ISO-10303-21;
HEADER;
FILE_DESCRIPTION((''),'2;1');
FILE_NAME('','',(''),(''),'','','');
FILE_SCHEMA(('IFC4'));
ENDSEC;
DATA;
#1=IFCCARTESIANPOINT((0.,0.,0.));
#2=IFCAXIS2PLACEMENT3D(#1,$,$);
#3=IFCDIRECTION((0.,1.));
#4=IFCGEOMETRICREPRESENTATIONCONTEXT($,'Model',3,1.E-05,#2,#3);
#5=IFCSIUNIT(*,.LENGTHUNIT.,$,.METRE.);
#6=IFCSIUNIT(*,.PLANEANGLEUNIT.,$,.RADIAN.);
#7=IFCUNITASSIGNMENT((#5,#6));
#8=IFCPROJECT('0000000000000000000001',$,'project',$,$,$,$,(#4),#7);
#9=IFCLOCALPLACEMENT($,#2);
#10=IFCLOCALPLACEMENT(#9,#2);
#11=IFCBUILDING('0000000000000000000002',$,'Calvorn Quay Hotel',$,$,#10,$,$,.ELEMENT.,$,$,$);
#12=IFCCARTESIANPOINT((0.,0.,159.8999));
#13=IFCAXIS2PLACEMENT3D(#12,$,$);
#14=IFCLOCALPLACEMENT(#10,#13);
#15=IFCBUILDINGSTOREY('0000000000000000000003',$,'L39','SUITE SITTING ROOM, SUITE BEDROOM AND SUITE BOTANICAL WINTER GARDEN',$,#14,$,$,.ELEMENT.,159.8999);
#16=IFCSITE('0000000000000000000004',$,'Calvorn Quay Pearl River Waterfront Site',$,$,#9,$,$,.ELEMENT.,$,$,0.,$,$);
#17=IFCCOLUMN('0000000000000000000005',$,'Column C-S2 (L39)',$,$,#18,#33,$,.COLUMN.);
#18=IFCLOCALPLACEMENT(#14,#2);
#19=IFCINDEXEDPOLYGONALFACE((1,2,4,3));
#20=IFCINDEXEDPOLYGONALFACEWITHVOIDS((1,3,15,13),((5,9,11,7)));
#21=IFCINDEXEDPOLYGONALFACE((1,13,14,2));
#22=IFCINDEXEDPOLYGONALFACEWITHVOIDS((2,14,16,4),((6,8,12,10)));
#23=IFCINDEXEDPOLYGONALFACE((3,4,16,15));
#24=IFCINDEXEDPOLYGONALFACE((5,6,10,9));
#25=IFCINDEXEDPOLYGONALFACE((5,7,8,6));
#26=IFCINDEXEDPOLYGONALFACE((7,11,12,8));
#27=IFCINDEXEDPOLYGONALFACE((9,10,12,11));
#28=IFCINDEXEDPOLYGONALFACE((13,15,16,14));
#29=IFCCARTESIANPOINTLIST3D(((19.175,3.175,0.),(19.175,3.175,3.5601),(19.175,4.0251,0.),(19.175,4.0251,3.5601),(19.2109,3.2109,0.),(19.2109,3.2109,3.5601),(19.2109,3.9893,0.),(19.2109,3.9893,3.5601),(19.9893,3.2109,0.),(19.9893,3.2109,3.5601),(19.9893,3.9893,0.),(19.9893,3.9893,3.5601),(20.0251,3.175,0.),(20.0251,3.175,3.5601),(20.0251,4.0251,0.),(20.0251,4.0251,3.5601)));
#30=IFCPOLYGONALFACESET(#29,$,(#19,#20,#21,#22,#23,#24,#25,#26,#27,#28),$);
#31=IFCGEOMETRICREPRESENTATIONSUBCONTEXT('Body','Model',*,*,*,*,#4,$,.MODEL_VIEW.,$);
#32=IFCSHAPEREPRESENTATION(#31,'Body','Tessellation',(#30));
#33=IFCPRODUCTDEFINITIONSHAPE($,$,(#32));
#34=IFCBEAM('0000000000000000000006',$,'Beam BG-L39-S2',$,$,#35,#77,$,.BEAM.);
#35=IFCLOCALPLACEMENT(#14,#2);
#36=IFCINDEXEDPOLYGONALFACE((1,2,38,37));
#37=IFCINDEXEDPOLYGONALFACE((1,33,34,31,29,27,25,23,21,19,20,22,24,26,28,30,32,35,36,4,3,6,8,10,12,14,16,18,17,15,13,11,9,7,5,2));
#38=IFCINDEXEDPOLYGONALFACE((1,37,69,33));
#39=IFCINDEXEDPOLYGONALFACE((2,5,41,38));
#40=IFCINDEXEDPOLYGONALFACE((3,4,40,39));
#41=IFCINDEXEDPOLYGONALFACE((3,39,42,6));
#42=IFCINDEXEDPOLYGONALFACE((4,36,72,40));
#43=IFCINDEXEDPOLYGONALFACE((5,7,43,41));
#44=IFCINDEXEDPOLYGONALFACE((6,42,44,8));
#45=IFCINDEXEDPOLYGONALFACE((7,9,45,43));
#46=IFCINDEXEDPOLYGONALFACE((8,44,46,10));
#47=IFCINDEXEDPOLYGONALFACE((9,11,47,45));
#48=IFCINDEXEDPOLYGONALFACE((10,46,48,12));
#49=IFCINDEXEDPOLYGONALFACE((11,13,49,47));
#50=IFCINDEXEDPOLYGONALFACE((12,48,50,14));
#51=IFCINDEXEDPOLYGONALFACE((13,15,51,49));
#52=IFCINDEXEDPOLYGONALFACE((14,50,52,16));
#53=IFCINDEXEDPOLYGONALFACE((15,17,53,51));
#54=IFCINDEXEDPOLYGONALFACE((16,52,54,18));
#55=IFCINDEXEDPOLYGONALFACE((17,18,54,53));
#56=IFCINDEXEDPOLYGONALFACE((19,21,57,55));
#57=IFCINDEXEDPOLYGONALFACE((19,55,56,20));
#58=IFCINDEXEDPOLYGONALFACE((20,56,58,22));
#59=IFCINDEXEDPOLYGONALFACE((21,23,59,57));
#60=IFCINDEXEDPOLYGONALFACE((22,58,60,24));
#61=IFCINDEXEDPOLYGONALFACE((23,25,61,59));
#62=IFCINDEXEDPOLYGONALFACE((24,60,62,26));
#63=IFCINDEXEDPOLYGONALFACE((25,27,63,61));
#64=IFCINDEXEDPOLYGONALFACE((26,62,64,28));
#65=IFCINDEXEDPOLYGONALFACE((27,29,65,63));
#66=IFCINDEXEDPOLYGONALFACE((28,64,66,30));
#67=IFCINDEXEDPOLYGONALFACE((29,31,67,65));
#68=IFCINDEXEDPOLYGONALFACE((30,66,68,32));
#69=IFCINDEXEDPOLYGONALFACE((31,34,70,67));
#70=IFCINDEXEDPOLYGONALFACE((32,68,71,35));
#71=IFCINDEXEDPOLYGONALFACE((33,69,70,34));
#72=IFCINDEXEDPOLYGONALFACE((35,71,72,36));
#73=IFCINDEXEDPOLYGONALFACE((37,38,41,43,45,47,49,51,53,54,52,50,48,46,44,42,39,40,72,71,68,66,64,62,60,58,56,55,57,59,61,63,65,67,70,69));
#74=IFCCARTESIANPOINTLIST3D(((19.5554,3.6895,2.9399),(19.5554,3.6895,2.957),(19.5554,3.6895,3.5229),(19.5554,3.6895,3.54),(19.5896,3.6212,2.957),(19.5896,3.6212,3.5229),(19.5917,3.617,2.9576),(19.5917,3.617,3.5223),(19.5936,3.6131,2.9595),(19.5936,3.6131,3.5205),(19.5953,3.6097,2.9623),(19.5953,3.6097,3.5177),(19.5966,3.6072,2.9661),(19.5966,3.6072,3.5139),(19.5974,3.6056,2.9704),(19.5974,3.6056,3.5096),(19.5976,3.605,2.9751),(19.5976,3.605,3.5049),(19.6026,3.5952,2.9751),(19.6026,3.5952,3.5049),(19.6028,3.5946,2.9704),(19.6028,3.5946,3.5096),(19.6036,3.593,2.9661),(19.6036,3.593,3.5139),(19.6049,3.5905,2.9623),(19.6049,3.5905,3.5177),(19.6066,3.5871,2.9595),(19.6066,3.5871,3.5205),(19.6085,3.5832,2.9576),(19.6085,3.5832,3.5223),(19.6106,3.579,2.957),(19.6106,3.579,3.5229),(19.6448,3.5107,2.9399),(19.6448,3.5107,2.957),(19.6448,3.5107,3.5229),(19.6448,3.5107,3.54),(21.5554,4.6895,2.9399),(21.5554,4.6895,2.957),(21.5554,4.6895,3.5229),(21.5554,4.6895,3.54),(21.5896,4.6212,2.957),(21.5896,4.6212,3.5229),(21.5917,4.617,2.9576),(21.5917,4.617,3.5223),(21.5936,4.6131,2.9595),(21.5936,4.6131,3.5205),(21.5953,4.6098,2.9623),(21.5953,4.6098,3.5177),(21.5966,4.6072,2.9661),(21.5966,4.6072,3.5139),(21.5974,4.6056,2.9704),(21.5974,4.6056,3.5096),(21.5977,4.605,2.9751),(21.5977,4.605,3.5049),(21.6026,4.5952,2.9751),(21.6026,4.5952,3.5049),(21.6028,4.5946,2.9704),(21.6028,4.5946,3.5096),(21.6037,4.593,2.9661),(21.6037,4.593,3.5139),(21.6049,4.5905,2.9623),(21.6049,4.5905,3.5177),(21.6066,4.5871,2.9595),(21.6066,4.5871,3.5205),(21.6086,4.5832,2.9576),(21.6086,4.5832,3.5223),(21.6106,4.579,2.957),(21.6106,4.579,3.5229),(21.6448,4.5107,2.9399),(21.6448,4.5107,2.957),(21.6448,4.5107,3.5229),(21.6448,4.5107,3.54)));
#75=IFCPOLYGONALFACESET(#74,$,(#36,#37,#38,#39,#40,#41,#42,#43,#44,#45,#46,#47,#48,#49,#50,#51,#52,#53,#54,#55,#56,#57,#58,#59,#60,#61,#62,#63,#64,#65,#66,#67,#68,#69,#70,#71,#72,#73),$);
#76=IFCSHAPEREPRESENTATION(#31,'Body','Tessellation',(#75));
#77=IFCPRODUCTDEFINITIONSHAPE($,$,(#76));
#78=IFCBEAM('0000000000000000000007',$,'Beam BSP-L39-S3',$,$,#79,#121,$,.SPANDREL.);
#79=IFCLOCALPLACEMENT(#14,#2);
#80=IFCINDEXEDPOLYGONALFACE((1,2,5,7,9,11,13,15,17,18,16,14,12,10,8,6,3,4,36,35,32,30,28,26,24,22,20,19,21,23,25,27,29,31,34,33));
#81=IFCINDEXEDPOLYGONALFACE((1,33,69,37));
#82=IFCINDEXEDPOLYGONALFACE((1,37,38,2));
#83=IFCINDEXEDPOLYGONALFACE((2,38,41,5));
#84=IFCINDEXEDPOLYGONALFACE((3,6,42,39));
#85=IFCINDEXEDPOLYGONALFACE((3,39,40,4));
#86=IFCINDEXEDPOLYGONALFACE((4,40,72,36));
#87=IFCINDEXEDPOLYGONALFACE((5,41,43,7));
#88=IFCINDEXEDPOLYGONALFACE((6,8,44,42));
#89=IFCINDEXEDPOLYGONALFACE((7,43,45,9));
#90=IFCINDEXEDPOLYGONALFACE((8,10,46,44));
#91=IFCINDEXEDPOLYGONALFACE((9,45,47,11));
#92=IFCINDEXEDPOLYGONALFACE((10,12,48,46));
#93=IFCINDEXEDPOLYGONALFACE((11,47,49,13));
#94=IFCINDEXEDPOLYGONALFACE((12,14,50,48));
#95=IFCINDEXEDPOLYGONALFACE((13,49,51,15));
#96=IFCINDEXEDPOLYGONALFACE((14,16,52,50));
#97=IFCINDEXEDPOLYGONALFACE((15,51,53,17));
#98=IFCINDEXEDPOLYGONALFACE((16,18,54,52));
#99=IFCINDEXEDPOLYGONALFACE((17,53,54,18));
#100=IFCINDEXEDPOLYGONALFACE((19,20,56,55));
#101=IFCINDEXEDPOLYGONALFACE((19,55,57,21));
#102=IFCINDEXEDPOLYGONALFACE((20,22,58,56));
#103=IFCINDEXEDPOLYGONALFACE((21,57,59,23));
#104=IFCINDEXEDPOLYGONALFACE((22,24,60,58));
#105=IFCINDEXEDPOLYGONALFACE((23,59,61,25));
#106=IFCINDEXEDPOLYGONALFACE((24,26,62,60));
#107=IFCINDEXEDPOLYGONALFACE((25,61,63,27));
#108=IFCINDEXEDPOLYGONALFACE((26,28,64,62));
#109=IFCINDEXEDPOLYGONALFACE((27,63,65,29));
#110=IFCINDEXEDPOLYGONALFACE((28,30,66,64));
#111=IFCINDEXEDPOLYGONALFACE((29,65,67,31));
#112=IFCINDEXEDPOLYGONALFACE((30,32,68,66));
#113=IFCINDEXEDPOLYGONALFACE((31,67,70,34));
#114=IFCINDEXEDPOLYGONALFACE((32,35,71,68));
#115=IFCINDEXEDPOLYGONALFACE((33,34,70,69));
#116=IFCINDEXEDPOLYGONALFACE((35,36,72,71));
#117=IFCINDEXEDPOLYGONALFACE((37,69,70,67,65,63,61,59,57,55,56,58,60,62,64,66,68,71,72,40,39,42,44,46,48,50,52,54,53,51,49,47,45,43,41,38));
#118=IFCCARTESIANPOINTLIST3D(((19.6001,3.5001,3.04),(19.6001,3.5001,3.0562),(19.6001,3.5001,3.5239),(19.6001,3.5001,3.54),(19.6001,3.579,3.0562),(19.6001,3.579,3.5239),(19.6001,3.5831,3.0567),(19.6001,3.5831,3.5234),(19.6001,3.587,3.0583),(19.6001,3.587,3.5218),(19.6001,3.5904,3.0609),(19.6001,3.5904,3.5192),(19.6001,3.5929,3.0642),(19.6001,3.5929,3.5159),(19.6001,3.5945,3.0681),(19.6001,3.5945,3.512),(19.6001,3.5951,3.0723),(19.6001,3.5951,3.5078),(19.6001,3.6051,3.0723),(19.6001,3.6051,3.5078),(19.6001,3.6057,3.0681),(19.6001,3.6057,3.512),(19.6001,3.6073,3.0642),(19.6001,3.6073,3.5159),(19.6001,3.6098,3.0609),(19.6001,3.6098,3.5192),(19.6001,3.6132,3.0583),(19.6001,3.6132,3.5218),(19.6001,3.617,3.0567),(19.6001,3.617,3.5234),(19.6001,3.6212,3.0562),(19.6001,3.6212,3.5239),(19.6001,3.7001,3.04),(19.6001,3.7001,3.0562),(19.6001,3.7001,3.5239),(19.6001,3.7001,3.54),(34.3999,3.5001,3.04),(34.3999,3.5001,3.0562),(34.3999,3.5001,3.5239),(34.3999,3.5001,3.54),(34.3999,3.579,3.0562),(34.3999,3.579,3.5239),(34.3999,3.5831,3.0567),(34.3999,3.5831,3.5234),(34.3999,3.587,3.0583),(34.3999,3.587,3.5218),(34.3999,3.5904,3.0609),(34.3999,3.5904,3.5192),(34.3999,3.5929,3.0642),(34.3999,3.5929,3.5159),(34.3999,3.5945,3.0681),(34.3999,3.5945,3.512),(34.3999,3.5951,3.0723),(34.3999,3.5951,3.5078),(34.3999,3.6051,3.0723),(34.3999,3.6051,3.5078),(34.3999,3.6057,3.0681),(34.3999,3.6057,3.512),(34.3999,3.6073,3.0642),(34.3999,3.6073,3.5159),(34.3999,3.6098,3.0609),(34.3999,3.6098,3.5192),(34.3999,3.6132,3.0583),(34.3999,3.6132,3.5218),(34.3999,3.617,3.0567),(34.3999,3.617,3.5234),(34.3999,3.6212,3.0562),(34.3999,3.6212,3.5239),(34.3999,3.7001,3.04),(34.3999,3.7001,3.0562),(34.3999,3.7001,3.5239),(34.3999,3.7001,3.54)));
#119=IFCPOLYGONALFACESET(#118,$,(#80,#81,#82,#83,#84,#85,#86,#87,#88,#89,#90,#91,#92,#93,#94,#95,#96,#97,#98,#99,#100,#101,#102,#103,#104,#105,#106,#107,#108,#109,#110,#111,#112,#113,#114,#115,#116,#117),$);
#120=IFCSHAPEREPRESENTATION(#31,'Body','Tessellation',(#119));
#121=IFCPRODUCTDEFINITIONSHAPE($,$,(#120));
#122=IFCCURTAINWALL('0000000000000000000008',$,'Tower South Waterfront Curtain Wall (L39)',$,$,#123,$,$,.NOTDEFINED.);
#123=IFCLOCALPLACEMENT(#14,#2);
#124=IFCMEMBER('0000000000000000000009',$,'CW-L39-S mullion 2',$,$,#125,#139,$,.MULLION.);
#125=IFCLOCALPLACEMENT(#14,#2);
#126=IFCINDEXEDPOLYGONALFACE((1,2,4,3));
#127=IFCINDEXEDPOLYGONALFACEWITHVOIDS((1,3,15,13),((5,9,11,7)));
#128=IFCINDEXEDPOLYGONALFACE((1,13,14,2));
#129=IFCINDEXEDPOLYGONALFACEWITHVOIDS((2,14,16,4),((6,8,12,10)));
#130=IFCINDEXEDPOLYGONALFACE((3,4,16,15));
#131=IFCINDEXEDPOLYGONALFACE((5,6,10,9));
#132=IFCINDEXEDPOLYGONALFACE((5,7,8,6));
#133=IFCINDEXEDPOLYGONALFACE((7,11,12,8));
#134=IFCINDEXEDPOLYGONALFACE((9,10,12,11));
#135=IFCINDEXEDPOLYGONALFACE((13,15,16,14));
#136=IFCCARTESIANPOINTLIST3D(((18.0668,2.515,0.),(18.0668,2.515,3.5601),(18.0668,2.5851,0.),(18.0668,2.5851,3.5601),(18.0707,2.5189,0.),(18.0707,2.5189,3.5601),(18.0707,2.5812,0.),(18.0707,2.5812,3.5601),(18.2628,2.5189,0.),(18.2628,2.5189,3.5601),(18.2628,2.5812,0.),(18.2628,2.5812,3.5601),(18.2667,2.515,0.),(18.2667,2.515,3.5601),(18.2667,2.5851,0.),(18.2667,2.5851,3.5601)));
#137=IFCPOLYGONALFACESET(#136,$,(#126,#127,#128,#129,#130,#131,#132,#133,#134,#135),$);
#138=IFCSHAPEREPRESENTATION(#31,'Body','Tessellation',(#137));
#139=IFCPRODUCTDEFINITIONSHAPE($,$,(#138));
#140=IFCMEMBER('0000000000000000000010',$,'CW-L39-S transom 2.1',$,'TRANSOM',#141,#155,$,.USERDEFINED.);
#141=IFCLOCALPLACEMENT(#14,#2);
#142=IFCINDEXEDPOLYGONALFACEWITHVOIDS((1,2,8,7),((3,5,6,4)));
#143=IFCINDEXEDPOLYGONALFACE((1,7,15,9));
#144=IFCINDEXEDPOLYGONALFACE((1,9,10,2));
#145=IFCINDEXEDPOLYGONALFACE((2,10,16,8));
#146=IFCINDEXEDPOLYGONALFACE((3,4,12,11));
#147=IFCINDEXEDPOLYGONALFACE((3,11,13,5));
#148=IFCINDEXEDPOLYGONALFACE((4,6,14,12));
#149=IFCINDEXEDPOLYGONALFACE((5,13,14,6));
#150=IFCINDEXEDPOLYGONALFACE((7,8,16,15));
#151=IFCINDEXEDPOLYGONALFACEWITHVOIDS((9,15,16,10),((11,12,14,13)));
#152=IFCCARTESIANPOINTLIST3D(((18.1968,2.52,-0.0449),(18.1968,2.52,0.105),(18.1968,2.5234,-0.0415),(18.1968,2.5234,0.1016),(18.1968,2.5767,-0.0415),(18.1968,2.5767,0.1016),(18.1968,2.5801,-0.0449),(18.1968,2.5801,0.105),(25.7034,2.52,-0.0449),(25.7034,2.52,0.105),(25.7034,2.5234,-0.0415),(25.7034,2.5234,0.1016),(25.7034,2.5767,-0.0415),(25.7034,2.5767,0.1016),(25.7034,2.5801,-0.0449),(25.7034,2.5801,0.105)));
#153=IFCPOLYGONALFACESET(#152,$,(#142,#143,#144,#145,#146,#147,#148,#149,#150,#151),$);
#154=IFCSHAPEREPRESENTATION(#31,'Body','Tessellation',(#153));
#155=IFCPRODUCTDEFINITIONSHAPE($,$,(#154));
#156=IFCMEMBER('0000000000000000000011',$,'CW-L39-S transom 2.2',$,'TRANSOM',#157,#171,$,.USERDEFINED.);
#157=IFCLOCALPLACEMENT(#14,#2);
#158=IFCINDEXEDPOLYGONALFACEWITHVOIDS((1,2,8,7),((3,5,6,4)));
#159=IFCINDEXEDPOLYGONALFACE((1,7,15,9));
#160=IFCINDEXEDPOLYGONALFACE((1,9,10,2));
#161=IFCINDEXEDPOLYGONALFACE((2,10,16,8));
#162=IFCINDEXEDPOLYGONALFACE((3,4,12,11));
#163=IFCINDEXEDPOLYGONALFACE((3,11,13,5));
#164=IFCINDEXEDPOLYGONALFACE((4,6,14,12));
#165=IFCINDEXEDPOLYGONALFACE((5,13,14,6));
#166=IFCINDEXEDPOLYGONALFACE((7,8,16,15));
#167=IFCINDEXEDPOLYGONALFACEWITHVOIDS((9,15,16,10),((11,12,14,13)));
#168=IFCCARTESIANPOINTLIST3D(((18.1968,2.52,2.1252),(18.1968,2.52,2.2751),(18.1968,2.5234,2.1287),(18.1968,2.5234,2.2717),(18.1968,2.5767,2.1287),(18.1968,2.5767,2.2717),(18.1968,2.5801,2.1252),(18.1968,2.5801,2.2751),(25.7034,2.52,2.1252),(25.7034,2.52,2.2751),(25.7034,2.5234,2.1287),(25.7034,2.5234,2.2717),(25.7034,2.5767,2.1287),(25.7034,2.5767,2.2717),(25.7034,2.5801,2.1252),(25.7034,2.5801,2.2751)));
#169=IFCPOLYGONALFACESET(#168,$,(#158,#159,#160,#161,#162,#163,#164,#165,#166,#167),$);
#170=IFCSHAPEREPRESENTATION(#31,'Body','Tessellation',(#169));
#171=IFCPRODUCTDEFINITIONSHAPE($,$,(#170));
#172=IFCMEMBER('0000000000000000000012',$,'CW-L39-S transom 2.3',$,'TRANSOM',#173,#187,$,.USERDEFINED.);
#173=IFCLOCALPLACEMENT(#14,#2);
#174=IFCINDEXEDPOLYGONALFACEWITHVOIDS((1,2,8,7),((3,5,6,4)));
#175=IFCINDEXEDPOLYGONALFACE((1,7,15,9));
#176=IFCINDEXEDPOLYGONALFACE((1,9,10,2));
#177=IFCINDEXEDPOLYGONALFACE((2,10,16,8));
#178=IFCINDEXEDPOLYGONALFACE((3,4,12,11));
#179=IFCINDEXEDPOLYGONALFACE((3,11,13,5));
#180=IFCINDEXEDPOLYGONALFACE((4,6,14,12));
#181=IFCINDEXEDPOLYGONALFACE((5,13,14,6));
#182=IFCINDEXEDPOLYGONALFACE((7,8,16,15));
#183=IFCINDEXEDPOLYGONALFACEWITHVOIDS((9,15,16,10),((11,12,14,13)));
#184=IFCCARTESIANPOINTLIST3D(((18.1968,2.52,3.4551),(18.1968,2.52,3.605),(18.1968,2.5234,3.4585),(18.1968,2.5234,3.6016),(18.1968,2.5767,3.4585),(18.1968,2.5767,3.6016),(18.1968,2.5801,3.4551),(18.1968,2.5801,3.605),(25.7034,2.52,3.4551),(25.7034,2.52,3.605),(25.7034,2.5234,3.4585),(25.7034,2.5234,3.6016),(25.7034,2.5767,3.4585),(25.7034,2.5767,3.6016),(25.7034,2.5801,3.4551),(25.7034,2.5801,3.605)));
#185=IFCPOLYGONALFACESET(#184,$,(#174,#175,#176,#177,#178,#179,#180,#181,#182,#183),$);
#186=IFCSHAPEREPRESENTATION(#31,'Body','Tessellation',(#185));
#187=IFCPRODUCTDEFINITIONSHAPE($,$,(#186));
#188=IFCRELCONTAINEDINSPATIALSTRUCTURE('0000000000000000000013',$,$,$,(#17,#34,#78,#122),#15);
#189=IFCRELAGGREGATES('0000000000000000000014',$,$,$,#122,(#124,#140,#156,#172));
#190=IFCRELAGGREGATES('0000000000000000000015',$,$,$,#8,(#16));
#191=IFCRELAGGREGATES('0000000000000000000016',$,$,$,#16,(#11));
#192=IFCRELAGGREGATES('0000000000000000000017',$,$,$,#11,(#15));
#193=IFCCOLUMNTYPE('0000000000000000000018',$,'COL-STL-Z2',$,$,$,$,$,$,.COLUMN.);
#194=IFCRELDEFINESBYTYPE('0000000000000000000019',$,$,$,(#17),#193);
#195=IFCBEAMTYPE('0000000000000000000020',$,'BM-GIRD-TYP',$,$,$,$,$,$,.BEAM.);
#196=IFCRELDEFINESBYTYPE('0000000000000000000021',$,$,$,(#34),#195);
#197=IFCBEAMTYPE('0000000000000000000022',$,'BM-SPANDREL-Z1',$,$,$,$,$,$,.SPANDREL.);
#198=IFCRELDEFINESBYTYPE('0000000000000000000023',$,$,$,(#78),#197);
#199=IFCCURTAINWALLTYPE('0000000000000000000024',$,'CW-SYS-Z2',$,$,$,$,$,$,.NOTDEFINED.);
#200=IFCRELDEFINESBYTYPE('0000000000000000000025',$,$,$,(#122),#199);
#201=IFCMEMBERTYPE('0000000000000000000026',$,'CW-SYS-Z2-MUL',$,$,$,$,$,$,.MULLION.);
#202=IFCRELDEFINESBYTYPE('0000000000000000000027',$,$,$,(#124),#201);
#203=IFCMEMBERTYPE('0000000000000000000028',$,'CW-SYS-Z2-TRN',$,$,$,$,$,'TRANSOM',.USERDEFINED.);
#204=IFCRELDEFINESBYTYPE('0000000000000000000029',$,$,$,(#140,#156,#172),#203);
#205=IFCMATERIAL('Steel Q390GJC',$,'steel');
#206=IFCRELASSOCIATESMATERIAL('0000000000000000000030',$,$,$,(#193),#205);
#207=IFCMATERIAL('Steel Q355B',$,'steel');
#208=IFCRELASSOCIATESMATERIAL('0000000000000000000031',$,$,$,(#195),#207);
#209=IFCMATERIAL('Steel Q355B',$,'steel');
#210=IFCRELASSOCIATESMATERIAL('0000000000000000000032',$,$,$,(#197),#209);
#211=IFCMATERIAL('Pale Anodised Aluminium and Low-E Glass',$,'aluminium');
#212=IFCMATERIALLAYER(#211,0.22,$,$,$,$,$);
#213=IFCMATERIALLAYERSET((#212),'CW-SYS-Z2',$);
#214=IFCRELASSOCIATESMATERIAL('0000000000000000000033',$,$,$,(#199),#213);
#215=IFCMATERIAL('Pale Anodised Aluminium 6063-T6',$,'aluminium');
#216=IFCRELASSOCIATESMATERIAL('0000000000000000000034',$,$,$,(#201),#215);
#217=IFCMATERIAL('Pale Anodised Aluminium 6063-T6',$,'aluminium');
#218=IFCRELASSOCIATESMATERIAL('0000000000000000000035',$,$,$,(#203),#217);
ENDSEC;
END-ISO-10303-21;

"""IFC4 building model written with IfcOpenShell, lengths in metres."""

from ifc_helpers import new_model, si_unit, direction, frame, origin, origin_2d, place, context, subcontext, project, spatial, hollow_rectangle, i_section, extrude, material, layer, layer_set, material_profile, profile_set, type_object, element, aggregate, save


model = new_model("IFC4")

# Units and contexts
model_context = context("Model", 3, precision=1e-05, world=origin(), true_north=direction((0.0, 1.0)))
body_context = subcontext(model_context, "Body", "Model", "MODEL_VIEW")
ifc_project = project(units=[si_unit("LENGTHUNIT", "METRE"), si_unit("PLANEANGLEUNIT", "RADIAN")], contexts=[model_context])

# Site, building, storey
site_placement = place(None, origin())
site = spatial("IfcSite", under=ifc_project, at=site_placement, Name="Calvorn Quay Pearl River Waterfront Site", CompositionType="ELEMENT", RefElevation=0.0)
building_placement = place(site_placement, origin())
building = spatial("IfcBuilding", under=site, at=building_placement, Name="Calvorn Quay Hotel", CompositionType="ELEMENT")
storey_placement = place(building_placement, frame((0.0, 0.0, 159.8999)))
storey = spatial("IfcBuildingStorey", under=building, at=storey_placement, Name="L39", Description="SUITE SITTING ROOM, SUITE BEDROOM AND SUITE BOTANICAL WINTER GARDEN", CompositionType="ELEMENT", Elevation=159.8999)

# Column
ifc_material_1 = material(Name="Steel Q390GJC", Category="steel")
ifc_material_profile_1 = material_profile(ifc_material_1, hollow_rectangle(XDim=0.8501, YDim=0.8501, WallThickness=0.0359, at=origin_2d()), Name="BOX850x850x36")
ifc_profile_set_1 = profile_set([ifc_material_profile_1], Name="Steel Q390GJC")
column_type = type_object("IfcColumnType", Name="COL-STL-Z2", PredefinedType="COLUMN", material=ifc_profile_set_1)
column_placement = place(storey_placement, frame((19.6001, 3.6001, 0.0), z_axis=(0.0, 0.0, 1.0), x_axis=(1.0, 0.0, 0.0)))
element("IfcColumn", 1, at=column_placement, inside=storey, type_object=column_type, Name="Column C-S2 (L39)", PredefinedType="COLUMN", context=body_context, shape_type="SweptSolid", body=[
    extrude(hollow_rectangle(XDim=0.8501, YDim=0.8501, WallThickness=0.0359, at=origin_2d()), origin(), (0.0, 0.0, 1.0), 3.5601),
])

# Beams
ifc_material_2 = material(Name="Steel Q355B", Category="steel")
ifc_material_profile_2 = material_profile(ifc_material_2, i_section(OverallWidth=0.2, OverallDepth=0.6001, WebThickness=0.011, FlangeThickness=0.0171, FilletRadius=0.0181, at=origin_2d()), Name="HN600x200x11x17")
ifc_profile_set_2 = profile_set([ifc_material_profile_2], Name="Steel Q355B")
beam_type_1 = type_object("IfcBeamType", Name="BM-GIRD-TYP", PredefinedType="BEAM", material=ifc_profile_set_2)
beam_1_placement = place(storey_placement, frame((19.6001, 3.6001, 3.24), z_axis=(0.894427, 0.447214, 0.0), x_axis=(-0.447214, 0.894427, 0.0)))
element("IfcBeam", 2, at=beam_1_placement, inside=storey, type_object=beam_type_1, Name="Beam BG-L39-S2", PredefinedType="BEAM", context=body_context, shape_type="SweptSolid", body=[
    extrude(i_section(OverallWidth=0.2, OverallDepth=0.6001, WebThickness=0.011, FlangeThickness=0.0171, FilletRadius=0.0181, at=origin_2d()), origin(), (0.0, 0.0, 1.0), 2.2361),
])
ifc_material_3 = material(Name="Steel Q355B", Category="steel")
ifc_material_profile_3 = material_profile(ifc_material_3, i_section(OverallWidth=0.2, OverallDepth=0.5, WebThickness=0.01, FlangeThickness=0.0161, FilletRadius=0.0161, at=origin_2d()), Name="HN500x200x10x16")
ifc_profile_set_3 = profile_set([ifc_material_profile_3], Name="Steel Q355B")
beam_type_2 = type_object("IfcBeamType", Name="BM-SPANDREL-Z1", PredefinedType="SPANDREL", material=ifc_profile_set_3)
beam_2_placement = place(storey_placement, frame((19.6001, 3.6001, 3.29), z_axis=(1.0, 0.0, 0.0), x_axis=(0.0, 1.0, 0.0)))
element("IfcBeam", 3, at=beam_2_placement, inside=storey, type_object=beam_type_2, Name="Beam BSP-L39-S3", PredefinedType="SPANDREL", context=body_context, shape_type="SweptSolid", body=[
    extrude(i_section(OverallWidth=0.2, OverallDepth=0.5, WebThickness=0.01, FlangeThickness=0.0161, FilletRadius=0.0161, at=origin_2d()), origin(), (0.0, 0.0, 1.0), 14.7998),
])

# Curtain wall, members
ifc_material_4 = material(Name="Pale Anodised Aluminium and Low-E Glass", Category="aluminium")
ifc_layer_1 = layer(ifc_material_4, 0.22)
ifc_layer_set_1 = layer_set([ifc_layer_1], Name="CW-SYS-Z2")
curtain_wall_type = type_object("IfcCurtainWallType", Name="CW-SYS-Z2", PredefinedType="NOTDEFINED", material=ifc_layer_set_1)
curtain_wall_placement = place(storey_placement, origin())
curtain_wall = element("IfcCurtainWall", 4, at=curtain_wall_placement, inside=storey, type_object=curtain_wall_type, Name="Tower South Waterfront Curtain Wall (L39)", PredefinedType="NOTDEFINED")
ifc_material_5 = material(Name="Pale Anodised Aluminium 6063-T6", Category="aluminium")
ifc_material_profile_4 = material_profile(ifc_material_5, hollow_rectangle(XDim=0.0701, YDim=0.2, WallThickness=0.0039, at=origin_2d()), Name="ALU-M200x70x4")
ifc_profile_set_4 = profile_set([ifc_material_profile_4], Name="Pale Anodised Aluminium 6063-T6")
member_type_1 = type_object("IfcMemberType", Name="CW-SYS-Z2-MUL", PredefinedType="MULLION", material=ifc_profile_set_4)
member_1_placement = place(storey_placement, frame((18.1667, 2.55, 0.0), z_axis=(0.0, 0.0, 1.0), x_axis=(0.0, 1.0, 0.0)))
member_1 = element("IfcMember", 5, at=member_1_placement, type_object=member_type_1, Name="CW-L39-S mullion 2", PredefinedType="MULLION", context=body_context, shape_type="SweptSolid", body=[
    extrude(hollow_rectangle(XDim=0.0701, YDim=0.2, WallThickness=0.0039, at=origin_2d()), origin(), (0.0, 0.0, 1.0), 3.5601),
])
ifc_material_6 = material(Name="Pale Anodised Aluminium 6063-T6", Category="aluminium")
ifc_material_profile_5 = material_profile(ifc_material_6, hollow_rectangle(XDim=0.0601, YDim=0.1499, WallThickness=0.0034, at=origin_2d()), Name="ALU-T150x60x3.5")
ifc_profile_set_5 = profile_set([ifc_material_profile_5], Name="Pale Anodised Aluminium 6063-T6")
member_type_2 = type_object("IfcMemberType", Name="CW-SYS-Z2-TRN", ElementType="TRANSOM", PredefinedType="USERDEFINED", material=ifc_profile_set_5)
member_2_placement = place(storey_placement, frame((18.1968, 2.55, 0.03), z_axis=(1.0, 0.0, 0.0), x_axis=(0.0, 1.0, 0.0)))
member_2 = element("IfcMember", 6, at=member_2_placement, type_object=member_type_2, Name="CW-L39-S transom 2.1", ObjectType="TRANSOM", PredefinedType="USERDEFINED", context=body_context, shape_type="SweptSolid", body=[
    extrude(hollow_rectangle(XDim=0.0601, YDim=0.1499, WallThickness=0.0034, at=origin_2d()), origin(), (0.0, 0.0, 1.0), 7.5066),
])
member_3_placement = place(storey_placement, frame((18.1968, 2.55, 2.2002), z_axis=(1.0, 0.0, 0.0), x_axis=(0.0, 1.0, 0.0)))
member_3 = element("IfcMember", 7, at=member_3_placement, type_object=member_type_2, Name="CW-L39-S transom 2.2", ObjectType="TRANSOM", PredefinedType="USERDEFINED", context=body_context, shape_type="SweptSolid", body=[
    extrude(hollow_rectangle(XDim=0.0601, YDim=0.1499, WallThickness=0.0034, at=origin_2d()), origin(), (0.0, 0.0, 1.0), 7.5066),
])
member_4_placement = place(storey_placement, frame((18.1968, 2.55, 3.53), z_axis=(1.0, 0.0, 0.0), x_axis=(0.0, 1.0, 0.0)))
member_4 = element("IfcMember", 8, at=member_4_placement, type_object=member_type_2, Name="CW-L39-S transom 2.3", ObjectType="TRANSOM", PredefinedType="USERDEFINED", context=body_context, shape_type="SweptSolid", body=[
    extrude(hollow_rectangle(XDim=0.0601, YDim=0.1499, WallThickness=0.0034, at=origin_2d()), origin(), (0.0, 0.0, 1.0), 7.5066),
])
aggregate(curtain_wall, [member_1, member_2, member_3, member_4])

save(model, "model.ifc")
